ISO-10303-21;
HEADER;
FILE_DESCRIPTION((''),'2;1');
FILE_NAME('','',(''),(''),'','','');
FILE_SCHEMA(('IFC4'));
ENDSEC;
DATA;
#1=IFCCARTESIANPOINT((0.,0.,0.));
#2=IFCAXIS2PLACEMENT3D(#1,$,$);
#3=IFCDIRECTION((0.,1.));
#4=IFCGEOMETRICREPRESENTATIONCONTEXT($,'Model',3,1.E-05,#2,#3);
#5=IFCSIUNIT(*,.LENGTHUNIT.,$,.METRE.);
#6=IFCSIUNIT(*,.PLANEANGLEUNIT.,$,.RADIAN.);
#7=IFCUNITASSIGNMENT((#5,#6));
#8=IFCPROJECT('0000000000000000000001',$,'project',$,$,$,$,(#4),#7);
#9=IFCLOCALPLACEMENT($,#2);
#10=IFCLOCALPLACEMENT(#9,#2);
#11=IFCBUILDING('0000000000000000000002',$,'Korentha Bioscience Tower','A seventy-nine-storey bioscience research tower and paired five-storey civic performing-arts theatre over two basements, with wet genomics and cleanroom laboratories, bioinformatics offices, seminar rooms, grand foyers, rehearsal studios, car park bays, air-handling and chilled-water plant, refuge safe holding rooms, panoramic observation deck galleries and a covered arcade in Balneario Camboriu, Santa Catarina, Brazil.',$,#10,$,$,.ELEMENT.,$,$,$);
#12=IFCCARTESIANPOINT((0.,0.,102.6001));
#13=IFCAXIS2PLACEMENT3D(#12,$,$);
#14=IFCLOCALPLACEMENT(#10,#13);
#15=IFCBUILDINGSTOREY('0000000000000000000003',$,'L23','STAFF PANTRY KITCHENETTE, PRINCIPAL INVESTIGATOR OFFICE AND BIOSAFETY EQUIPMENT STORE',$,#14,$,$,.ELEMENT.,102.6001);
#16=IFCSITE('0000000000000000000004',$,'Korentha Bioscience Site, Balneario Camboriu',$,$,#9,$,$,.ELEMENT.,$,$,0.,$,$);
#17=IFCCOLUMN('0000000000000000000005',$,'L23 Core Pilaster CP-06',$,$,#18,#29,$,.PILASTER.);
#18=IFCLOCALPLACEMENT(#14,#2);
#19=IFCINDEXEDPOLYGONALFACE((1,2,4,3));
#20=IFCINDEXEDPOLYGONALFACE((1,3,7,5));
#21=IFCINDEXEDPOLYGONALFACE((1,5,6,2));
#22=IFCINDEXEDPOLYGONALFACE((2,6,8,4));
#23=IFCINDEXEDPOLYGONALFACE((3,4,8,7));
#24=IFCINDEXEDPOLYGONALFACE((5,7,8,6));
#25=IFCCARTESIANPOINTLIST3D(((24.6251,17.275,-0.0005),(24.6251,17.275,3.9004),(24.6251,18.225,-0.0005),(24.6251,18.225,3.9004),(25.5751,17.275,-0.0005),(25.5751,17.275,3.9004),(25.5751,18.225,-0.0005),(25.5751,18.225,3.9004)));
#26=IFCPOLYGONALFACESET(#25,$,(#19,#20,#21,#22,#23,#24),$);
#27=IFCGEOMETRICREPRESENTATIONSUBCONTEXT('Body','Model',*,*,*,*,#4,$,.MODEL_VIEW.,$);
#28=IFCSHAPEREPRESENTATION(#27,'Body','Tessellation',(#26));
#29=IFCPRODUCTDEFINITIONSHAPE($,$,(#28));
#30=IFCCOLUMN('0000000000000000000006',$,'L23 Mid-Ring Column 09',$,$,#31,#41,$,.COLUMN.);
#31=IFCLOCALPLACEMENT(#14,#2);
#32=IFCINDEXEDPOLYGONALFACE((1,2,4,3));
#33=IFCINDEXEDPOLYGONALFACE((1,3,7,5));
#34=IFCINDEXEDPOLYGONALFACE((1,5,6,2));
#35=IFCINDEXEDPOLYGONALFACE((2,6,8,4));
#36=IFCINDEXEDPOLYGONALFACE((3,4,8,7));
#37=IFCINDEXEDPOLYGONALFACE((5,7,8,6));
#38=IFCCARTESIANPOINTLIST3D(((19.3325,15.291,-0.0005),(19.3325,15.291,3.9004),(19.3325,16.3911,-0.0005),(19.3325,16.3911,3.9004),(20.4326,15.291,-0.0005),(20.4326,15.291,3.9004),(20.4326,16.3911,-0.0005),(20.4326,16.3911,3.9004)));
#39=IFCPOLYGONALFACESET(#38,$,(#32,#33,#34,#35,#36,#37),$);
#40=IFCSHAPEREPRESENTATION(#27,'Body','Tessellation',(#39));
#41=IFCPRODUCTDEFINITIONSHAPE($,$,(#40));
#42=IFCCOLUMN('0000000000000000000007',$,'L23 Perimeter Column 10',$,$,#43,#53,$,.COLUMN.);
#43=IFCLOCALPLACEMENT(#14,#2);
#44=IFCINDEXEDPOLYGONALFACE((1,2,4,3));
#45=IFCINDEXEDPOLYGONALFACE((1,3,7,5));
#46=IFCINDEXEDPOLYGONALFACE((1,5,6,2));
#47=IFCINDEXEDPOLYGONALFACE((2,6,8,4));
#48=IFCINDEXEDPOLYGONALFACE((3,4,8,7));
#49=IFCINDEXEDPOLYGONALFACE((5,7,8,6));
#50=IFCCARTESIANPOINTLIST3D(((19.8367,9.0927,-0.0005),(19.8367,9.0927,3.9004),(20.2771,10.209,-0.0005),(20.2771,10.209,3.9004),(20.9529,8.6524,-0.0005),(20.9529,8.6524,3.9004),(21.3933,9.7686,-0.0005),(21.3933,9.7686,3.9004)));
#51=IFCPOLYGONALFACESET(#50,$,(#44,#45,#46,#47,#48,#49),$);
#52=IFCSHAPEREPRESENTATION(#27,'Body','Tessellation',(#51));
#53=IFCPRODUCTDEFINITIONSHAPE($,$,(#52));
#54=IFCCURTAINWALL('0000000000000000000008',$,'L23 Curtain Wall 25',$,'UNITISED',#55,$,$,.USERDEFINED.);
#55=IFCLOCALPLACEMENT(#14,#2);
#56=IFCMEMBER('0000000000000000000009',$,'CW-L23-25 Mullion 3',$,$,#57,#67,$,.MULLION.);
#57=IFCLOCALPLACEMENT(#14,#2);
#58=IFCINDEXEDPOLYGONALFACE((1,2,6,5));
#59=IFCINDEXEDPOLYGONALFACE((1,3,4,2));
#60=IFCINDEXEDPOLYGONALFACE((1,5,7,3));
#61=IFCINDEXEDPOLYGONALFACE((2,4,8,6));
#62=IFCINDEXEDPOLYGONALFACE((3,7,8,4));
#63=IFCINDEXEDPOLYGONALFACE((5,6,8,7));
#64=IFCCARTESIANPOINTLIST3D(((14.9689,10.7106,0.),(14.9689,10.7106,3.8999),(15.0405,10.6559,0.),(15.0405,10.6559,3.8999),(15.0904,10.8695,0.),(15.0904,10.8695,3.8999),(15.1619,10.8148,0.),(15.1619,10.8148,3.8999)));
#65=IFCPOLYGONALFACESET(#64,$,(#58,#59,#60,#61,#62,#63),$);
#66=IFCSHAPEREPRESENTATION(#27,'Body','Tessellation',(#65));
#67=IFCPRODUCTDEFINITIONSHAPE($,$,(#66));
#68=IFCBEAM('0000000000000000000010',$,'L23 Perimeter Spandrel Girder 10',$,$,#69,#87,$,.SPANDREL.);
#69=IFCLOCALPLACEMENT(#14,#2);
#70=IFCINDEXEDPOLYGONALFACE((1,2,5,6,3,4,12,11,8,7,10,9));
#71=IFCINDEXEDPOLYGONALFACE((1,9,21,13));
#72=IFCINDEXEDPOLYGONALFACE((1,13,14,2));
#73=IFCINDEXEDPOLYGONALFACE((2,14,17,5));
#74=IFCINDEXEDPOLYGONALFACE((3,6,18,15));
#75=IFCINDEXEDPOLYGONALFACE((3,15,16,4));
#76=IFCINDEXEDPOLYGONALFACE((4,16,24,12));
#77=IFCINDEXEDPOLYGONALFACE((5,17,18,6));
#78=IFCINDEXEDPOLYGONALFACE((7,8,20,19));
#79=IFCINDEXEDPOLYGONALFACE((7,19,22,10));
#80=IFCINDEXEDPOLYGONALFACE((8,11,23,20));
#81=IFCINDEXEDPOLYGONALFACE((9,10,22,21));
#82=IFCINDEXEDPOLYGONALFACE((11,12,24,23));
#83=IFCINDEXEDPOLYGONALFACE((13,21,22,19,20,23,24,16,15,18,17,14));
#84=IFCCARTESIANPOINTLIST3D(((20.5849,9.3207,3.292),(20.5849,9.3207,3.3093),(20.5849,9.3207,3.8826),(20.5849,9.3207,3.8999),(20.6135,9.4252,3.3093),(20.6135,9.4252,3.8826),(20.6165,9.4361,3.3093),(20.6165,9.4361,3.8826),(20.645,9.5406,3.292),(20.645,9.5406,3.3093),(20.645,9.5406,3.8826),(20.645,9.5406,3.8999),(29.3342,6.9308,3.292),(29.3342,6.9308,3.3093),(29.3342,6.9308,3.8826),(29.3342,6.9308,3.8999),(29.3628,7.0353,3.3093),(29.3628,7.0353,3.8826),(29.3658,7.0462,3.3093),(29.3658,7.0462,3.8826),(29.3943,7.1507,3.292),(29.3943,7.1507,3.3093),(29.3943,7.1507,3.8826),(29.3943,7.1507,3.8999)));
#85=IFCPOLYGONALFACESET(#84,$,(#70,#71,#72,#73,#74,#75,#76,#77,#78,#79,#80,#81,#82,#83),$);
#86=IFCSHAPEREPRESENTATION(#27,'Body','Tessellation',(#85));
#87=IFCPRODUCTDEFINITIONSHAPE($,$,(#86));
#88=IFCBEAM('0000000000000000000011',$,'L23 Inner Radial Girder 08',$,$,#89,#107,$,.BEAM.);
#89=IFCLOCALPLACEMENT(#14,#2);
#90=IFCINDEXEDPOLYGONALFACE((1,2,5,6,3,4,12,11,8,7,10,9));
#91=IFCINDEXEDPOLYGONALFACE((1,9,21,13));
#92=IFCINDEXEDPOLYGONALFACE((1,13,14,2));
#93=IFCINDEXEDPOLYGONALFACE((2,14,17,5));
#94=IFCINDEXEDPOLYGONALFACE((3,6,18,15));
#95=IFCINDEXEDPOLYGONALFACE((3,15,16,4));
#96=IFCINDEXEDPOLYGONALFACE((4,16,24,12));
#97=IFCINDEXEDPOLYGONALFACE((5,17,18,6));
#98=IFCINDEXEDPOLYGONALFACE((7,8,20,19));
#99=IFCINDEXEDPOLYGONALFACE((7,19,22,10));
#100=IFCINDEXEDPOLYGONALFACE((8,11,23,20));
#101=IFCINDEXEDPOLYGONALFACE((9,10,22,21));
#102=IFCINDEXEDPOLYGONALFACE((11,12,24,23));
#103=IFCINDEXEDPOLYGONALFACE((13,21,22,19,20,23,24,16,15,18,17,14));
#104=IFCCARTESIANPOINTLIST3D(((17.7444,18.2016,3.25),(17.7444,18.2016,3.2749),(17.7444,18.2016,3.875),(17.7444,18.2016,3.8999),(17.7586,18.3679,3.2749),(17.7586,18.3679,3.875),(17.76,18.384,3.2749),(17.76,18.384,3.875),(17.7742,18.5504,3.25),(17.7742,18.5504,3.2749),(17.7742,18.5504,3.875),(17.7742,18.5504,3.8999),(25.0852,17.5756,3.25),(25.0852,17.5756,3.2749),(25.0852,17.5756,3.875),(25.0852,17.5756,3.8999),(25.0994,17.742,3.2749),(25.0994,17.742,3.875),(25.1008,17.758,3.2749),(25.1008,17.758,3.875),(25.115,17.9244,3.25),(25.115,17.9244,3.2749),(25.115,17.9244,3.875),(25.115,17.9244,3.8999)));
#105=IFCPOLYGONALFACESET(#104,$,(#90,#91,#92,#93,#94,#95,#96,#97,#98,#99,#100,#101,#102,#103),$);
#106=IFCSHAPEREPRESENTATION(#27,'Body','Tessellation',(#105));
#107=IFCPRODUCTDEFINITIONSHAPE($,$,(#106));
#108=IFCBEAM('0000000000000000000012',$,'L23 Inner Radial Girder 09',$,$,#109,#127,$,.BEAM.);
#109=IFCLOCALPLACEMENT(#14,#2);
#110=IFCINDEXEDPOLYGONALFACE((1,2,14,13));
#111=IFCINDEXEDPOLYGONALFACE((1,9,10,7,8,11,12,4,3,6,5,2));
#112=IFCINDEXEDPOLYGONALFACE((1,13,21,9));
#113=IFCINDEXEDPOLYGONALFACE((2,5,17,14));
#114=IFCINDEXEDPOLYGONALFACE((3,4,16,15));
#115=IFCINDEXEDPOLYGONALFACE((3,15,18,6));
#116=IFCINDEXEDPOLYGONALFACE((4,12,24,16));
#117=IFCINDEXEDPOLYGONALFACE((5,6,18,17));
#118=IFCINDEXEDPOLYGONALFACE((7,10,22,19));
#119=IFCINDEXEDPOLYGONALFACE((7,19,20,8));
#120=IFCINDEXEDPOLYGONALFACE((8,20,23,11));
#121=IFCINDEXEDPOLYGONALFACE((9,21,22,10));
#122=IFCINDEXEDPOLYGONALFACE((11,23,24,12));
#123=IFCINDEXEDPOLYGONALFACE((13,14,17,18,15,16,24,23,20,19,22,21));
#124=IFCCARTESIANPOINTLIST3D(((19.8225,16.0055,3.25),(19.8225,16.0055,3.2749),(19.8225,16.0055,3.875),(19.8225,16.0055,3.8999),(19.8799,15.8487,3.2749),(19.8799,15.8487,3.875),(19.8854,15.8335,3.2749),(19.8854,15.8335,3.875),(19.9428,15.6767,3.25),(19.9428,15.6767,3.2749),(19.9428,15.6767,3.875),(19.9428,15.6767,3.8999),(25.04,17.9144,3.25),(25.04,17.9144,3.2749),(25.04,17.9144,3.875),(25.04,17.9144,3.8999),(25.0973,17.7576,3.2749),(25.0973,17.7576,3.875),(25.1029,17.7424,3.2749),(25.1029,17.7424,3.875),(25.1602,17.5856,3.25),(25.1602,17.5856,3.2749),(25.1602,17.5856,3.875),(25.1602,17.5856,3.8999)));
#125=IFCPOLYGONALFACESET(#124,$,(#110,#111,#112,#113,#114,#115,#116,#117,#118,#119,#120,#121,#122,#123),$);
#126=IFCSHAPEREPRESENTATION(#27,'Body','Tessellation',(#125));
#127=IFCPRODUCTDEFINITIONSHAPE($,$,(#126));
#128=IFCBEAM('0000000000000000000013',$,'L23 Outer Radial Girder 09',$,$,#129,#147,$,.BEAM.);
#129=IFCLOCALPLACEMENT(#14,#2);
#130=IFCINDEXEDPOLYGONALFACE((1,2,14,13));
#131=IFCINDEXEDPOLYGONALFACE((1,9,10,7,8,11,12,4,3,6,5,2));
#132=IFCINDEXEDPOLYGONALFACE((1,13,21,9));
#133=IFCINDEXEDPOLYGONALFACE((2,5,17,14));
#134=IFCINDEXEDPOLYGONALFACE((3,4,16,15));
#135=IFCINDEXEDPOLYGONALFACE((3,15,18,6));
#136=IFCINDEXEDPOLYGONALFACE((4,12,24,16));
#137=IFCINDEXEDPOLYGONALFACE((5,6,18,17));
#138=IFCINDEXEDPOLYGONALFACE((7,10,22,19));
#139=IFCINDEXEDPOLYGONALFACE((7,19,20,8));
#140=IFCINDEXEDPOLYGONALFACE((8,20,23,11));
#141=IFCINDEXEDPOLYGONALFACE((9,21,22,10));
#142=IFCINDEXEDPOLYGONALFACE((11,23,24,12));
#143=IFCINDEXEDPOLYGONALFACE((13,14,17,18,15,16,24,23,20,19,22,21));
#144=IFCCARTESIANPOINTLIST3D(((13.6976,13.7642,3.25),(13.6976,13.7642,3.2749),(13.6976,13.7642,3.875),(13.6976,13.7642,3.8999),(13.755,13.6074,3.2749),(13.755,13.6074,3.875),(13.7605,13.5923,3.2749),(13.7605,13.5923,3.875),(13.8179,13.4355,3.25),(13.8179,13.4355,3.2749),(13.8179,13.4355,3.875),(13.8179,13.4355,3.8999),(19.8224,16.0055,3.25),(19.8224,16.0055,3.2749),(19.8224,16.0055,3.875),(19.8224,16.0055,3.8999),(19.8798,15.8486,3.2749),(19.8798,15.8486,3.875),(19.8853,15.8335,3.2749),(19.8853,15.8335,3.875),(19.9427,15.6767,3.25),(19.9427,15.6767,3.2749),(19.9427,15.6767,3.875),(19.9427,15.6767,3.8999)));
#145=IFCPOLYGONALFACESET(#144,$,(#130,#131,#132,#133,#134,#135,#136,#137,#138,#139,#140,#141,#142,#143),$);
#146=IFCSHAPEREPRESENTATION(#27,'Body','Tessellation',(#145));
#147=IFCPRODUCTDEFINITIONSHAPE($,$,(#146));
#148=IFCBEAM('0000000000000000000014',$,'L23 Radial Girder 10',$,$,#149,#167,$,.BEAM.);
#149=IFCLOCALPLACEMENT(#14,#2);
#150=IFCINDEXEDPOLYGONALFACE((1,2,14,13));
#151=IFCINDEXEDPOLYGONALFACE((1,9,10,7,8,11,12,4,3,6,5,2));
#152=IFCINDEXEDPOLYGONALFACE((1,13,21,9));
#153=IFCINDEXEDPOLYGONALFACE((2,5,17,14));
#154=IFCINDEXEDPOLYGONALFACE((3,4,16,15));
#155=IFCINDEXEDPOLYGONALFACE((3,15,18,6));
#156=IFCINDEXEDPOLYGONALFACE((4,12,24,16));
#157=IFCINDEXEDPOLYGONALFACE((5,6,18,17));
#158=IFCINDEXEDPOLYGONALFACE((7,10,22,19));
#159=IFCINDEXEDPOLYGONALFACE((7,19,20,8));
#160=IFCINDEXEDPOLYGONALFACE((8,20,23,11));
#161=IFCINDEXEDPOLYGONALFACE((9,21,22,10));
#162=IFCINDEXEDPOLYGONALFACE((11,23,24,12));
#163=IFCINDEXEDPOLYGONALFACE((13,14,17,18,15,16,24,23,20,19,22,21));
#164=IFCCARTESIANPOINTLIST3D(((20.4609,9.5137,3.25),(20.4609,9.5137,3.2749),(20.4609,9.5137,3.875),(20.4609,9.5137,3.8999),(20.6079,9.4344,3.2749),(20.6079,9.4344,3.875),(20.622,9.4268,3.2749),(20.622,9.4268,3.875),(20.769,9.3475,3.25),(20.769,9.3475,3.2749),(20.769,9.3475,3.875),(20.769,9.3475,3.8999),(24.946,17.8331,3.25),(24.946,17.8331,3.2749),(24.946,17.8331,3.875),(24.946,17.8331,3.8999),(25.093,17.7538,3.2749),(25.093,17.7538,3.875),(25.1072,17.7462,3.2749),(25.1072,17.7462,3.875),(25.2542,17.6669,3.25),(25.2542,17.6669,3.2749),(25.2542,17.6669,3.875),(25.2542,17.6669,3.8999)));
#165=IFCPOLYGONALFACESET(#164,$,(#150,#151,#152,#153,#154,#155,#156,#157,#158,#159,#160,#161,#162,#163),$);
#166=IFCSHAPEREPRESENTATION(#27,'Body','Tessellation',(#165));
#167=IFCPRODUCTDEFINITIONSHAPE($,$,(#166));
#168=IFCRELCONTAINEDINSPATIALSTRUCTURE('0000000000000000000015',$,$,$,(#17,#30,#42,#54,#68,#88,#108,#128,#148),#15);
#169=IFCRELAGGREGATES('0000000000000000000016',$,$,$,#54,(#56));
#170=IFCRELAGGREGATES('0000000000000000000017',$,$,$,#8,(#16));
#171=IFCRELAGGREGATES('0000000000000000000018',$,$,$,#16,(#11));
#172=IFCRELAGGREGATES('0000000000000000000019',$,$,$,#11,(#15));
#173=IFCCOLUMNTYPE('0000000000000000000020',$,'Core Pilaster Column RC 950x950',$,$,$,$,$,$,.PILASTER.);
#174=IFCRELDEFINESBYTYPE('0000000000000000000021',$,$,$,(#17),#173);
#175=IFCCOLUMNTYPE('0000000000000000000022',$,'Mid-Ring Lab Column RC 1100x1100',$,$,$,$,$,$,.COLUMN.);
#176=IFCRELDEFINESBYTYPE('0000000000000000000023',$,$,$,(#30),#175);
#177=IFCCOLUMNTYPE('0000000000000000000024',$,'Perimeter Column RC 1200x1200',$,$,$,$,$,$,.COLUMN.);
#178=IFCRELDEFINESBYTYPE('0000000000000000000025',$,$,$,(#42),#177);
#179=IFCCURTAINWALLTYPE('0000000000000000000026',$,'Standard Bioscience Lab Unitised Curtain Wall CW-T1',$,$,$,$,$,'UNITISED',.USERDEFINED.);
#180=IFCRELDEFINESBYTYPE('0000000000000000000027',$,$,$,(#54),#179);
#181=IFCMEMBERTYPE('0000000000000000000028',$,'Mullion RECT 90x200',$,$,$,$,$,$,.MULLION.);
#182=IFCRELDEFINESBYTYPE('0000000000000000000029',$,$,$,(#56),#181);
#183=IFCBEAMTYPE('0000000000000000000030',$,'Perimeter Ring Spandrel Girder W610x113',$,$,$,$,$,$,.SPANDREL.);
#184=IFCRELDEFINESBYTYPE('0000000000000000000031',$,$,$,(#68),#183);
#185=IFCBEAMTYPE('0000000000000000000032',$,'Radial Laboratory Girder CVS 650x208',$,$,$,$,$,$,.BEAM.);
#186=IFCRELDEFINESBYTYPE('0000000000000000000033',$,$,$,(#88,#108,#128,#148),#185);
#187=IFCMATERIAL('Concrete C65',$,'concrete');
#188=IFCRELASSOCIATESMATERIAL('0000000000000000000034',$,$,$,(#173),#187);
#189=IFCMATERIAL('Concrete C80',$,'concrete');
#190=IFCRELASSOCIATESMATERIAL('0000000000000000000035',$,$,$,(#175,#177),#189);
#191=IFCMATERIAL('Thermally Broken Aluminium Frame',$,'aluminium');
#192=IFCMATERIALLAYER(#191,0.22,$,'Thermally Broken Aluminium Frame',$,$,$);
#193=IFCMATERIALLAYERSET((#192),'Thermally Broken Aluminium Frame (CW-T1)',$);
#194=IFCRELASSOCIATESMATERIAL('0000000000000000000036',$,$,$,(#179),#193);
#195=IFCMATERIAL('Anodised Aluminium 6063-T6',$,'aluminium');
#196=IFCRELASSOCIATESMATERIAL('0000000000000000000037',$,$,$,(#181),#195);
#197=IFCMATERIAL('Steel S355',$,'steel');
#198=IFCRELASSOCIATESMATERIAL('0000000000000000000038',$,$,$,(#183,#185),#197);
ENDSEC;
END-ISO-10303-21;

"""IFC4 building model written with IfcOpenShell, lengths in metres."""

from ifc_helpers import new_model, si_unit, direction, frame, origin, origin_2d, place, context, subcontext, project, spatial, rectangle, i_section, extrude, material, layer, layer_set, material_profile, profile_set, type_object, element, aggregate, save


model = new_model("IFC4")

# Units and contexts
model_context = context("Model", 3, precision=1e-05, world=origin(), true_north=direction((0.0, 1.0)))
body_context = subcontext(model_context, "Body", "Model", "MODEL_VIEW")
ifc_project = project(units=[si_unit("LENGTHUNIT", "METRE"), si_unit("PLANEANGLEUNIT", "RADIAN")], contexts=[model_context])

# Site, building, storey
site_placement = place(None, origin())
site = spatial("IfcSite", under=ifc_project, at=site_placement, Name="Korentha Bioscience Site, Balneario Camboriu", CompositionType="ELEMENT", RefElevation=0.0)
building_placement = place(site_placement, origin())
building = spatial("IfcBuilding", under=site, at=building_placement, Name="Korentha Bioscience Tower", Description="A seventy-nine-storey bioscience research tower and paired five-storey civic performing-arts theatre over two basements, with wet genomics and cleanroom laboratories, bioinformatics offices, seminar rooms, grand foyers, rehearsal studios, car park bays, air-handling and chilled-water plant, refuge safe holding rooms, panoramic observation deck galleries and a covered arcade in Balneario Camboriu, Santa Catarina, Brazil.", CompositionType="ELEMENT")
storey_placement = place(building_placement, frame((0.0, 0.0, 102.6001)))
storey = spatial("IfcBuildingStorey", under=building, at=storey_placement, Name="L23", Description="STAFF PANTRY KITCHENETTE, PRINCIPAL INVESTIGATOR OFFICE AND BIOSAFETY EQUIPMENT STORE", CompositionType="ELEMENT", Elevation=102.6001)

# Columns
ifc_material_1 = material(Name="Concrete C65", Category="concrete")
ifc_material_profile_1 = material_profile(ifc_material_1, rectangle(XDim=0.95, YDim=0.95, at=origin_2d()), Name="Concrete C65")
ifc_profile_set_1 = profile_set([ifc_material_profile_1], Name="Concrete C65 (COL-CP09)")
column_type_1 = type_object("IfcColumnType", Name="Core Pilaster Column RC 950x950", PredefinedType="PILASTER", material=ifc_profile_set_1)
column_1_placement = place(storey_placement, frame((25.1001, 17.75, -0.0005), z_axis=(0.0, 0.0, 1.0), x_axis=(1.0, 0.0, 0.0)))
element("IfcColumn", 1, at=column_1_placement, inside=storey, type_object=column_type_1, Name="L23 Core Pilaster CP-06", PredefinedType="PILASTER", context=body_context, shape_type="SweptSolid", body=[
    extrude(rectangle(XDim=0.95, YDim=0.95, at=origin_2d()), origin(), (0.0, 0.0, 1.0), 3.9009),
])
ifc_material_2 = material(Name="Concrete C80", Category="concrete")
ifc_material_profile_2 = material_profile(ifc_material_2, rectangle(XDim=1.1001, YDim=1.1001, at=origin_2d()), Name="Concrete C80")
ifc_profile_set_2 = profile_set([ifc_material_profile_2], Name="Concrete C80 (COL-MR11)")
column_type_2 = type_object("IfcColumnType", Name="Mid-Ring Lab Column RC 1100x1100", PredefinedType="COLUMN", material=ifc_profile_set_2)
column_2_placement = place(storey_placement, frame((19.8826, 15.8411, -0.0005), z_axis=(0.0, 0.0, 1.0), x_axis=(1.0, 0.0, 0.0)))
element("IfcColumn", 2, at=column_2_placement, inside=storey, type_object=column_type_2, Name="L23 Mid-Ring Column 09", PredefinedType="COLUMN", context=body_context, shape_type="SweptSolid", body=[
    extrude(rectangle(XDim=1.1001, YDim=1.1001, at=origin_2d()), origin(), (0.0, 0.0, 1.0), 3.9009),
])
ifc_material_profile_3 = material_profile(ifc_material_2, rectangle(XDim=1.2, YDim=1.2, at=origin_2d()), Name="Concrete C80")
ifc_profile_set_3 = profile_set([ifc_material_profile_3], Name="Concrete C80 (COL-P12)")
column_type_3 = type_object("IfcColumnType", Name="Perimeter Column RC 1200x1200", PredefinedType="COLUMN", material=ifc_profile_set_3)
column_3_placement = place(storey_placement, frame((20.615, 9.4307, -0.0005), z_axis=(0.0, 0.0, 1.0), x_axis=(-0.930226, 0.366988, 0.0)))
element("IfcColumn", 3, at=column_3_placement, inside=storey, type_object=column_type_3, Name="L23 Perimeter Column 10", PredefinedType="COLUMN", context=body_context, shape_type="SweptSolid", body=[
    extrude(rectangle(XDim=1.2, YDim=1.2, at=origin_2d()), origin(), (0.0, 0.0, 1.0), 3.9009),
])

# Curtain wall, member
ifc_material_3 = material(Name="Thermally Broken Aluminium Frame", Category="aluminium")
ifc_layer_1 = layer(ifc_material_3, 0.22, Name="Thermally Broken Aluminium Frame")
ifc_layer_set_1 = layer_set([ifc_layer_1], Name="Thermally Broken Aluminium Frame (CW-T1)")
curtain_wall_type = type_object("IfcCurtainWallType", Name="Standard Bioscience Lab Unitised Curtain Wall CW-T1", ElementType="UNITISED", PredefinedType="USERDEFINED", material=ifc_layer_set_1)
curtain_wall_placement = place(storey_placement, origin())
curtain_wall = element("IfcCurtainWall", 4, at=curtain_wall_placement, inside=storey, type_object=curtain_wall_type, Name="L23 Curtain Wall 25", ObjectType="UNITISED", PredefinedType="USERDEFINED")
ifc_material_4 = material(Name="Anodised Aluminium 6063-T6", Category="aluminium")
ifc_material_profile_4 = material_profile(ifc_material_4, rectangle(XDim=0.0901, YDim=0.2, at=origin_2d()), Name="Anodised Aluminium 6063-T6")
ifc_profile_set_4 = profile_set([ifc_material_profile_4], Name="Anodised Aluminium 6063-T6 (CW-MUL)")
member_type = type_object("IfcMemberType", Name="Mullion RECT 90x200", PredefinedType="MULLION", material=ifc_profile_set_4)
member_placement = place(storey_placement, frame((15.0654, 10.7627, 0.0), z_axis=(0.0, 0.0, 1.0), x_axis=(0.7945, -0.607265, 0.0)))
member = element("IfcMember", 5, at=member_placement, type_object=member_type, Name="CW-L23-25 Mullion 3", PredefinedType="MULLION", context=body_context, shape_type="SweptSolid", body=[
    extrude(rectangle(XDim=0.0901, YDim=0.2, at=origin_2d()), origin(), (0.0, 0.0, 1.0), 3.8999),
])

# Beams
ifc_material_5 = material(Name="Steel S355", Category="steel")
ifc_material_profile_5 = material_profile(ifc_material_5, i_section(OverallWidth=0.228, OverallDepth=0.6079, WebThickness=0.0112, FlangeThickness=0.0173, at=origin_2d()), Name="Steel S355")
ifc_profile_set_5 = profile_set([ifc_material_profile_5], Name="Steel S355 (SB-610)")
beam_type_1 = type_object("IfcBeamType", Name="Perimeter Ring Spandrel Girder W610x113", PredefinedType="SPANDREL", material=ifc_profile_set_5)
beam_1_placement = place(storey_placement, frame((20.615, 9.4307, 3.5959), z_axis=(0.964659, -0.2635, 0.0), x_axis=(0.2635, 0.964659, 0.0)))
element("IfcBeam", 6, at=beam_1_placement, inside=storey, type_object=beam_type_1, Name="L23 Perimeter Spandrel Girder 10", PredefinedType="SPANDREL", context=body_context, shape_type="SweptSolid", body=[
    extrude(i_section(OverallWidth=0.228, OverallDepth=0.6079, WebThickness=0.0112, FlangeThickness=0.0173, at=origin_2d()), origin(), (0.0, 0.0, 1.0), 9.0698),
])
ifc_material_profile_6 = material_profile(ifc_material_5, i_section(OverallWidth=0.3501, OverallDepth=0.6499, WebThickness=0.0161, FlangeThickness=0.0249, at=origin_2d()), Name="Steel S355")
ifc_profile_set_6 = profile_set([ifc_material_profile_6], Name="Steel S355 (RB-650)")
beam_type_2 = type_object("IfcBeamType", Name="Radial Laboratory Girder CVS 650x208", PredefinedType="BEAM", material=ifc_profile_set_6)
beam_2_placement = place(storey_placement, frame((25.1001, 17.75, 3.575), z_axis=(-0.996384, 0.084965, 0.0), x_axis=(-0.084965, -0.996384, 0.0)))
element("IfcBeam", 7, at=beam_2_placement, inside=storey, type_object=beam_type_2, Name="L23 Inner Radial Girder 08", PredefinedType="BEAM", context=body_context, shape_type="SweptSolid", body=[
    extrude(i_section(OverallWidth=0.3501, OverallDepth=0.6499, WebThickness=0.0161, FlangeThickness=0.0249, at=origin_2d()), origin(), (0.0, 0.0, 1.0), 7.3674),
])
beam_3_placement = place(storey_placement, frame((25.1001, 17.75, 3.575), z_axis=(-0.939118, -0.343595, 0.0), x_axis=(0.343595, -0.939118, 0.0)))
element("IfcBeam", 8, at=beam_3_placement, inside=storey, type_object=beam_type_2, Name="L23 Inner Radial Girder 09", PredefinedType="BEAM", context=body_context, shape_type="SweptSolid", body=[
    extrude(i_section(OverallWidth=0.3501, OverallDepth=0.6499, WebThickness=0.0161, FlangeThickness=0.0249, at=origin_2d()), origin(), (0.0, 0.0, 1.0), 5.5557),
])
beam_4_placement = place(storey_placement, frame((19.8826, 15.8411, 3.575), z_axis=(-0.939101, -0.343642, 0.0), x_axis=(0.343642, -0.939101, 0.0)))
element("IfcBeam", 9, at=beam_4_placement, inside=storey, type_object=beam_type_2, Name="L23 Outer Radial Girder 09", PredefinedType="BEAM", context=body_context, shape_type="SweptSolid", body=[
    extrude(i_section(OverallWidth=0.3501, OverallDepth=0.6499, WebThickness=0.0161, FlangeThickness=0.0249, at=origin_2d()), origin(), (0.0, 0.0, 1.0), 6.522),
])
beam_5_placement = place(storey_placement, frame((25.1001, 17.75, 3.575), z_axis=(-0.474548, -0.88023, 0.0), x_axis=(0.88023, -0.474548, 0.0)))
element("IfcBeam", 10, at=beam_5_placement, inside=storey, type_object=beam_type_2, Name="L23 Radial Girder 10", PredefinedType="BEAM", context=body_context, shape_type="SweptSolid", body=[
    extrude(i_section(OverallWidth=0.3501, OverallDepth=0.6499, WebThickness=0.0161, FlangeThickness=0.0249, at=origin_2d()), origin(), (0.0, 0.0, 1.0), 9.4514),
])

aggregate(curtain_wall, [member])

save(model, "model.ifc")
